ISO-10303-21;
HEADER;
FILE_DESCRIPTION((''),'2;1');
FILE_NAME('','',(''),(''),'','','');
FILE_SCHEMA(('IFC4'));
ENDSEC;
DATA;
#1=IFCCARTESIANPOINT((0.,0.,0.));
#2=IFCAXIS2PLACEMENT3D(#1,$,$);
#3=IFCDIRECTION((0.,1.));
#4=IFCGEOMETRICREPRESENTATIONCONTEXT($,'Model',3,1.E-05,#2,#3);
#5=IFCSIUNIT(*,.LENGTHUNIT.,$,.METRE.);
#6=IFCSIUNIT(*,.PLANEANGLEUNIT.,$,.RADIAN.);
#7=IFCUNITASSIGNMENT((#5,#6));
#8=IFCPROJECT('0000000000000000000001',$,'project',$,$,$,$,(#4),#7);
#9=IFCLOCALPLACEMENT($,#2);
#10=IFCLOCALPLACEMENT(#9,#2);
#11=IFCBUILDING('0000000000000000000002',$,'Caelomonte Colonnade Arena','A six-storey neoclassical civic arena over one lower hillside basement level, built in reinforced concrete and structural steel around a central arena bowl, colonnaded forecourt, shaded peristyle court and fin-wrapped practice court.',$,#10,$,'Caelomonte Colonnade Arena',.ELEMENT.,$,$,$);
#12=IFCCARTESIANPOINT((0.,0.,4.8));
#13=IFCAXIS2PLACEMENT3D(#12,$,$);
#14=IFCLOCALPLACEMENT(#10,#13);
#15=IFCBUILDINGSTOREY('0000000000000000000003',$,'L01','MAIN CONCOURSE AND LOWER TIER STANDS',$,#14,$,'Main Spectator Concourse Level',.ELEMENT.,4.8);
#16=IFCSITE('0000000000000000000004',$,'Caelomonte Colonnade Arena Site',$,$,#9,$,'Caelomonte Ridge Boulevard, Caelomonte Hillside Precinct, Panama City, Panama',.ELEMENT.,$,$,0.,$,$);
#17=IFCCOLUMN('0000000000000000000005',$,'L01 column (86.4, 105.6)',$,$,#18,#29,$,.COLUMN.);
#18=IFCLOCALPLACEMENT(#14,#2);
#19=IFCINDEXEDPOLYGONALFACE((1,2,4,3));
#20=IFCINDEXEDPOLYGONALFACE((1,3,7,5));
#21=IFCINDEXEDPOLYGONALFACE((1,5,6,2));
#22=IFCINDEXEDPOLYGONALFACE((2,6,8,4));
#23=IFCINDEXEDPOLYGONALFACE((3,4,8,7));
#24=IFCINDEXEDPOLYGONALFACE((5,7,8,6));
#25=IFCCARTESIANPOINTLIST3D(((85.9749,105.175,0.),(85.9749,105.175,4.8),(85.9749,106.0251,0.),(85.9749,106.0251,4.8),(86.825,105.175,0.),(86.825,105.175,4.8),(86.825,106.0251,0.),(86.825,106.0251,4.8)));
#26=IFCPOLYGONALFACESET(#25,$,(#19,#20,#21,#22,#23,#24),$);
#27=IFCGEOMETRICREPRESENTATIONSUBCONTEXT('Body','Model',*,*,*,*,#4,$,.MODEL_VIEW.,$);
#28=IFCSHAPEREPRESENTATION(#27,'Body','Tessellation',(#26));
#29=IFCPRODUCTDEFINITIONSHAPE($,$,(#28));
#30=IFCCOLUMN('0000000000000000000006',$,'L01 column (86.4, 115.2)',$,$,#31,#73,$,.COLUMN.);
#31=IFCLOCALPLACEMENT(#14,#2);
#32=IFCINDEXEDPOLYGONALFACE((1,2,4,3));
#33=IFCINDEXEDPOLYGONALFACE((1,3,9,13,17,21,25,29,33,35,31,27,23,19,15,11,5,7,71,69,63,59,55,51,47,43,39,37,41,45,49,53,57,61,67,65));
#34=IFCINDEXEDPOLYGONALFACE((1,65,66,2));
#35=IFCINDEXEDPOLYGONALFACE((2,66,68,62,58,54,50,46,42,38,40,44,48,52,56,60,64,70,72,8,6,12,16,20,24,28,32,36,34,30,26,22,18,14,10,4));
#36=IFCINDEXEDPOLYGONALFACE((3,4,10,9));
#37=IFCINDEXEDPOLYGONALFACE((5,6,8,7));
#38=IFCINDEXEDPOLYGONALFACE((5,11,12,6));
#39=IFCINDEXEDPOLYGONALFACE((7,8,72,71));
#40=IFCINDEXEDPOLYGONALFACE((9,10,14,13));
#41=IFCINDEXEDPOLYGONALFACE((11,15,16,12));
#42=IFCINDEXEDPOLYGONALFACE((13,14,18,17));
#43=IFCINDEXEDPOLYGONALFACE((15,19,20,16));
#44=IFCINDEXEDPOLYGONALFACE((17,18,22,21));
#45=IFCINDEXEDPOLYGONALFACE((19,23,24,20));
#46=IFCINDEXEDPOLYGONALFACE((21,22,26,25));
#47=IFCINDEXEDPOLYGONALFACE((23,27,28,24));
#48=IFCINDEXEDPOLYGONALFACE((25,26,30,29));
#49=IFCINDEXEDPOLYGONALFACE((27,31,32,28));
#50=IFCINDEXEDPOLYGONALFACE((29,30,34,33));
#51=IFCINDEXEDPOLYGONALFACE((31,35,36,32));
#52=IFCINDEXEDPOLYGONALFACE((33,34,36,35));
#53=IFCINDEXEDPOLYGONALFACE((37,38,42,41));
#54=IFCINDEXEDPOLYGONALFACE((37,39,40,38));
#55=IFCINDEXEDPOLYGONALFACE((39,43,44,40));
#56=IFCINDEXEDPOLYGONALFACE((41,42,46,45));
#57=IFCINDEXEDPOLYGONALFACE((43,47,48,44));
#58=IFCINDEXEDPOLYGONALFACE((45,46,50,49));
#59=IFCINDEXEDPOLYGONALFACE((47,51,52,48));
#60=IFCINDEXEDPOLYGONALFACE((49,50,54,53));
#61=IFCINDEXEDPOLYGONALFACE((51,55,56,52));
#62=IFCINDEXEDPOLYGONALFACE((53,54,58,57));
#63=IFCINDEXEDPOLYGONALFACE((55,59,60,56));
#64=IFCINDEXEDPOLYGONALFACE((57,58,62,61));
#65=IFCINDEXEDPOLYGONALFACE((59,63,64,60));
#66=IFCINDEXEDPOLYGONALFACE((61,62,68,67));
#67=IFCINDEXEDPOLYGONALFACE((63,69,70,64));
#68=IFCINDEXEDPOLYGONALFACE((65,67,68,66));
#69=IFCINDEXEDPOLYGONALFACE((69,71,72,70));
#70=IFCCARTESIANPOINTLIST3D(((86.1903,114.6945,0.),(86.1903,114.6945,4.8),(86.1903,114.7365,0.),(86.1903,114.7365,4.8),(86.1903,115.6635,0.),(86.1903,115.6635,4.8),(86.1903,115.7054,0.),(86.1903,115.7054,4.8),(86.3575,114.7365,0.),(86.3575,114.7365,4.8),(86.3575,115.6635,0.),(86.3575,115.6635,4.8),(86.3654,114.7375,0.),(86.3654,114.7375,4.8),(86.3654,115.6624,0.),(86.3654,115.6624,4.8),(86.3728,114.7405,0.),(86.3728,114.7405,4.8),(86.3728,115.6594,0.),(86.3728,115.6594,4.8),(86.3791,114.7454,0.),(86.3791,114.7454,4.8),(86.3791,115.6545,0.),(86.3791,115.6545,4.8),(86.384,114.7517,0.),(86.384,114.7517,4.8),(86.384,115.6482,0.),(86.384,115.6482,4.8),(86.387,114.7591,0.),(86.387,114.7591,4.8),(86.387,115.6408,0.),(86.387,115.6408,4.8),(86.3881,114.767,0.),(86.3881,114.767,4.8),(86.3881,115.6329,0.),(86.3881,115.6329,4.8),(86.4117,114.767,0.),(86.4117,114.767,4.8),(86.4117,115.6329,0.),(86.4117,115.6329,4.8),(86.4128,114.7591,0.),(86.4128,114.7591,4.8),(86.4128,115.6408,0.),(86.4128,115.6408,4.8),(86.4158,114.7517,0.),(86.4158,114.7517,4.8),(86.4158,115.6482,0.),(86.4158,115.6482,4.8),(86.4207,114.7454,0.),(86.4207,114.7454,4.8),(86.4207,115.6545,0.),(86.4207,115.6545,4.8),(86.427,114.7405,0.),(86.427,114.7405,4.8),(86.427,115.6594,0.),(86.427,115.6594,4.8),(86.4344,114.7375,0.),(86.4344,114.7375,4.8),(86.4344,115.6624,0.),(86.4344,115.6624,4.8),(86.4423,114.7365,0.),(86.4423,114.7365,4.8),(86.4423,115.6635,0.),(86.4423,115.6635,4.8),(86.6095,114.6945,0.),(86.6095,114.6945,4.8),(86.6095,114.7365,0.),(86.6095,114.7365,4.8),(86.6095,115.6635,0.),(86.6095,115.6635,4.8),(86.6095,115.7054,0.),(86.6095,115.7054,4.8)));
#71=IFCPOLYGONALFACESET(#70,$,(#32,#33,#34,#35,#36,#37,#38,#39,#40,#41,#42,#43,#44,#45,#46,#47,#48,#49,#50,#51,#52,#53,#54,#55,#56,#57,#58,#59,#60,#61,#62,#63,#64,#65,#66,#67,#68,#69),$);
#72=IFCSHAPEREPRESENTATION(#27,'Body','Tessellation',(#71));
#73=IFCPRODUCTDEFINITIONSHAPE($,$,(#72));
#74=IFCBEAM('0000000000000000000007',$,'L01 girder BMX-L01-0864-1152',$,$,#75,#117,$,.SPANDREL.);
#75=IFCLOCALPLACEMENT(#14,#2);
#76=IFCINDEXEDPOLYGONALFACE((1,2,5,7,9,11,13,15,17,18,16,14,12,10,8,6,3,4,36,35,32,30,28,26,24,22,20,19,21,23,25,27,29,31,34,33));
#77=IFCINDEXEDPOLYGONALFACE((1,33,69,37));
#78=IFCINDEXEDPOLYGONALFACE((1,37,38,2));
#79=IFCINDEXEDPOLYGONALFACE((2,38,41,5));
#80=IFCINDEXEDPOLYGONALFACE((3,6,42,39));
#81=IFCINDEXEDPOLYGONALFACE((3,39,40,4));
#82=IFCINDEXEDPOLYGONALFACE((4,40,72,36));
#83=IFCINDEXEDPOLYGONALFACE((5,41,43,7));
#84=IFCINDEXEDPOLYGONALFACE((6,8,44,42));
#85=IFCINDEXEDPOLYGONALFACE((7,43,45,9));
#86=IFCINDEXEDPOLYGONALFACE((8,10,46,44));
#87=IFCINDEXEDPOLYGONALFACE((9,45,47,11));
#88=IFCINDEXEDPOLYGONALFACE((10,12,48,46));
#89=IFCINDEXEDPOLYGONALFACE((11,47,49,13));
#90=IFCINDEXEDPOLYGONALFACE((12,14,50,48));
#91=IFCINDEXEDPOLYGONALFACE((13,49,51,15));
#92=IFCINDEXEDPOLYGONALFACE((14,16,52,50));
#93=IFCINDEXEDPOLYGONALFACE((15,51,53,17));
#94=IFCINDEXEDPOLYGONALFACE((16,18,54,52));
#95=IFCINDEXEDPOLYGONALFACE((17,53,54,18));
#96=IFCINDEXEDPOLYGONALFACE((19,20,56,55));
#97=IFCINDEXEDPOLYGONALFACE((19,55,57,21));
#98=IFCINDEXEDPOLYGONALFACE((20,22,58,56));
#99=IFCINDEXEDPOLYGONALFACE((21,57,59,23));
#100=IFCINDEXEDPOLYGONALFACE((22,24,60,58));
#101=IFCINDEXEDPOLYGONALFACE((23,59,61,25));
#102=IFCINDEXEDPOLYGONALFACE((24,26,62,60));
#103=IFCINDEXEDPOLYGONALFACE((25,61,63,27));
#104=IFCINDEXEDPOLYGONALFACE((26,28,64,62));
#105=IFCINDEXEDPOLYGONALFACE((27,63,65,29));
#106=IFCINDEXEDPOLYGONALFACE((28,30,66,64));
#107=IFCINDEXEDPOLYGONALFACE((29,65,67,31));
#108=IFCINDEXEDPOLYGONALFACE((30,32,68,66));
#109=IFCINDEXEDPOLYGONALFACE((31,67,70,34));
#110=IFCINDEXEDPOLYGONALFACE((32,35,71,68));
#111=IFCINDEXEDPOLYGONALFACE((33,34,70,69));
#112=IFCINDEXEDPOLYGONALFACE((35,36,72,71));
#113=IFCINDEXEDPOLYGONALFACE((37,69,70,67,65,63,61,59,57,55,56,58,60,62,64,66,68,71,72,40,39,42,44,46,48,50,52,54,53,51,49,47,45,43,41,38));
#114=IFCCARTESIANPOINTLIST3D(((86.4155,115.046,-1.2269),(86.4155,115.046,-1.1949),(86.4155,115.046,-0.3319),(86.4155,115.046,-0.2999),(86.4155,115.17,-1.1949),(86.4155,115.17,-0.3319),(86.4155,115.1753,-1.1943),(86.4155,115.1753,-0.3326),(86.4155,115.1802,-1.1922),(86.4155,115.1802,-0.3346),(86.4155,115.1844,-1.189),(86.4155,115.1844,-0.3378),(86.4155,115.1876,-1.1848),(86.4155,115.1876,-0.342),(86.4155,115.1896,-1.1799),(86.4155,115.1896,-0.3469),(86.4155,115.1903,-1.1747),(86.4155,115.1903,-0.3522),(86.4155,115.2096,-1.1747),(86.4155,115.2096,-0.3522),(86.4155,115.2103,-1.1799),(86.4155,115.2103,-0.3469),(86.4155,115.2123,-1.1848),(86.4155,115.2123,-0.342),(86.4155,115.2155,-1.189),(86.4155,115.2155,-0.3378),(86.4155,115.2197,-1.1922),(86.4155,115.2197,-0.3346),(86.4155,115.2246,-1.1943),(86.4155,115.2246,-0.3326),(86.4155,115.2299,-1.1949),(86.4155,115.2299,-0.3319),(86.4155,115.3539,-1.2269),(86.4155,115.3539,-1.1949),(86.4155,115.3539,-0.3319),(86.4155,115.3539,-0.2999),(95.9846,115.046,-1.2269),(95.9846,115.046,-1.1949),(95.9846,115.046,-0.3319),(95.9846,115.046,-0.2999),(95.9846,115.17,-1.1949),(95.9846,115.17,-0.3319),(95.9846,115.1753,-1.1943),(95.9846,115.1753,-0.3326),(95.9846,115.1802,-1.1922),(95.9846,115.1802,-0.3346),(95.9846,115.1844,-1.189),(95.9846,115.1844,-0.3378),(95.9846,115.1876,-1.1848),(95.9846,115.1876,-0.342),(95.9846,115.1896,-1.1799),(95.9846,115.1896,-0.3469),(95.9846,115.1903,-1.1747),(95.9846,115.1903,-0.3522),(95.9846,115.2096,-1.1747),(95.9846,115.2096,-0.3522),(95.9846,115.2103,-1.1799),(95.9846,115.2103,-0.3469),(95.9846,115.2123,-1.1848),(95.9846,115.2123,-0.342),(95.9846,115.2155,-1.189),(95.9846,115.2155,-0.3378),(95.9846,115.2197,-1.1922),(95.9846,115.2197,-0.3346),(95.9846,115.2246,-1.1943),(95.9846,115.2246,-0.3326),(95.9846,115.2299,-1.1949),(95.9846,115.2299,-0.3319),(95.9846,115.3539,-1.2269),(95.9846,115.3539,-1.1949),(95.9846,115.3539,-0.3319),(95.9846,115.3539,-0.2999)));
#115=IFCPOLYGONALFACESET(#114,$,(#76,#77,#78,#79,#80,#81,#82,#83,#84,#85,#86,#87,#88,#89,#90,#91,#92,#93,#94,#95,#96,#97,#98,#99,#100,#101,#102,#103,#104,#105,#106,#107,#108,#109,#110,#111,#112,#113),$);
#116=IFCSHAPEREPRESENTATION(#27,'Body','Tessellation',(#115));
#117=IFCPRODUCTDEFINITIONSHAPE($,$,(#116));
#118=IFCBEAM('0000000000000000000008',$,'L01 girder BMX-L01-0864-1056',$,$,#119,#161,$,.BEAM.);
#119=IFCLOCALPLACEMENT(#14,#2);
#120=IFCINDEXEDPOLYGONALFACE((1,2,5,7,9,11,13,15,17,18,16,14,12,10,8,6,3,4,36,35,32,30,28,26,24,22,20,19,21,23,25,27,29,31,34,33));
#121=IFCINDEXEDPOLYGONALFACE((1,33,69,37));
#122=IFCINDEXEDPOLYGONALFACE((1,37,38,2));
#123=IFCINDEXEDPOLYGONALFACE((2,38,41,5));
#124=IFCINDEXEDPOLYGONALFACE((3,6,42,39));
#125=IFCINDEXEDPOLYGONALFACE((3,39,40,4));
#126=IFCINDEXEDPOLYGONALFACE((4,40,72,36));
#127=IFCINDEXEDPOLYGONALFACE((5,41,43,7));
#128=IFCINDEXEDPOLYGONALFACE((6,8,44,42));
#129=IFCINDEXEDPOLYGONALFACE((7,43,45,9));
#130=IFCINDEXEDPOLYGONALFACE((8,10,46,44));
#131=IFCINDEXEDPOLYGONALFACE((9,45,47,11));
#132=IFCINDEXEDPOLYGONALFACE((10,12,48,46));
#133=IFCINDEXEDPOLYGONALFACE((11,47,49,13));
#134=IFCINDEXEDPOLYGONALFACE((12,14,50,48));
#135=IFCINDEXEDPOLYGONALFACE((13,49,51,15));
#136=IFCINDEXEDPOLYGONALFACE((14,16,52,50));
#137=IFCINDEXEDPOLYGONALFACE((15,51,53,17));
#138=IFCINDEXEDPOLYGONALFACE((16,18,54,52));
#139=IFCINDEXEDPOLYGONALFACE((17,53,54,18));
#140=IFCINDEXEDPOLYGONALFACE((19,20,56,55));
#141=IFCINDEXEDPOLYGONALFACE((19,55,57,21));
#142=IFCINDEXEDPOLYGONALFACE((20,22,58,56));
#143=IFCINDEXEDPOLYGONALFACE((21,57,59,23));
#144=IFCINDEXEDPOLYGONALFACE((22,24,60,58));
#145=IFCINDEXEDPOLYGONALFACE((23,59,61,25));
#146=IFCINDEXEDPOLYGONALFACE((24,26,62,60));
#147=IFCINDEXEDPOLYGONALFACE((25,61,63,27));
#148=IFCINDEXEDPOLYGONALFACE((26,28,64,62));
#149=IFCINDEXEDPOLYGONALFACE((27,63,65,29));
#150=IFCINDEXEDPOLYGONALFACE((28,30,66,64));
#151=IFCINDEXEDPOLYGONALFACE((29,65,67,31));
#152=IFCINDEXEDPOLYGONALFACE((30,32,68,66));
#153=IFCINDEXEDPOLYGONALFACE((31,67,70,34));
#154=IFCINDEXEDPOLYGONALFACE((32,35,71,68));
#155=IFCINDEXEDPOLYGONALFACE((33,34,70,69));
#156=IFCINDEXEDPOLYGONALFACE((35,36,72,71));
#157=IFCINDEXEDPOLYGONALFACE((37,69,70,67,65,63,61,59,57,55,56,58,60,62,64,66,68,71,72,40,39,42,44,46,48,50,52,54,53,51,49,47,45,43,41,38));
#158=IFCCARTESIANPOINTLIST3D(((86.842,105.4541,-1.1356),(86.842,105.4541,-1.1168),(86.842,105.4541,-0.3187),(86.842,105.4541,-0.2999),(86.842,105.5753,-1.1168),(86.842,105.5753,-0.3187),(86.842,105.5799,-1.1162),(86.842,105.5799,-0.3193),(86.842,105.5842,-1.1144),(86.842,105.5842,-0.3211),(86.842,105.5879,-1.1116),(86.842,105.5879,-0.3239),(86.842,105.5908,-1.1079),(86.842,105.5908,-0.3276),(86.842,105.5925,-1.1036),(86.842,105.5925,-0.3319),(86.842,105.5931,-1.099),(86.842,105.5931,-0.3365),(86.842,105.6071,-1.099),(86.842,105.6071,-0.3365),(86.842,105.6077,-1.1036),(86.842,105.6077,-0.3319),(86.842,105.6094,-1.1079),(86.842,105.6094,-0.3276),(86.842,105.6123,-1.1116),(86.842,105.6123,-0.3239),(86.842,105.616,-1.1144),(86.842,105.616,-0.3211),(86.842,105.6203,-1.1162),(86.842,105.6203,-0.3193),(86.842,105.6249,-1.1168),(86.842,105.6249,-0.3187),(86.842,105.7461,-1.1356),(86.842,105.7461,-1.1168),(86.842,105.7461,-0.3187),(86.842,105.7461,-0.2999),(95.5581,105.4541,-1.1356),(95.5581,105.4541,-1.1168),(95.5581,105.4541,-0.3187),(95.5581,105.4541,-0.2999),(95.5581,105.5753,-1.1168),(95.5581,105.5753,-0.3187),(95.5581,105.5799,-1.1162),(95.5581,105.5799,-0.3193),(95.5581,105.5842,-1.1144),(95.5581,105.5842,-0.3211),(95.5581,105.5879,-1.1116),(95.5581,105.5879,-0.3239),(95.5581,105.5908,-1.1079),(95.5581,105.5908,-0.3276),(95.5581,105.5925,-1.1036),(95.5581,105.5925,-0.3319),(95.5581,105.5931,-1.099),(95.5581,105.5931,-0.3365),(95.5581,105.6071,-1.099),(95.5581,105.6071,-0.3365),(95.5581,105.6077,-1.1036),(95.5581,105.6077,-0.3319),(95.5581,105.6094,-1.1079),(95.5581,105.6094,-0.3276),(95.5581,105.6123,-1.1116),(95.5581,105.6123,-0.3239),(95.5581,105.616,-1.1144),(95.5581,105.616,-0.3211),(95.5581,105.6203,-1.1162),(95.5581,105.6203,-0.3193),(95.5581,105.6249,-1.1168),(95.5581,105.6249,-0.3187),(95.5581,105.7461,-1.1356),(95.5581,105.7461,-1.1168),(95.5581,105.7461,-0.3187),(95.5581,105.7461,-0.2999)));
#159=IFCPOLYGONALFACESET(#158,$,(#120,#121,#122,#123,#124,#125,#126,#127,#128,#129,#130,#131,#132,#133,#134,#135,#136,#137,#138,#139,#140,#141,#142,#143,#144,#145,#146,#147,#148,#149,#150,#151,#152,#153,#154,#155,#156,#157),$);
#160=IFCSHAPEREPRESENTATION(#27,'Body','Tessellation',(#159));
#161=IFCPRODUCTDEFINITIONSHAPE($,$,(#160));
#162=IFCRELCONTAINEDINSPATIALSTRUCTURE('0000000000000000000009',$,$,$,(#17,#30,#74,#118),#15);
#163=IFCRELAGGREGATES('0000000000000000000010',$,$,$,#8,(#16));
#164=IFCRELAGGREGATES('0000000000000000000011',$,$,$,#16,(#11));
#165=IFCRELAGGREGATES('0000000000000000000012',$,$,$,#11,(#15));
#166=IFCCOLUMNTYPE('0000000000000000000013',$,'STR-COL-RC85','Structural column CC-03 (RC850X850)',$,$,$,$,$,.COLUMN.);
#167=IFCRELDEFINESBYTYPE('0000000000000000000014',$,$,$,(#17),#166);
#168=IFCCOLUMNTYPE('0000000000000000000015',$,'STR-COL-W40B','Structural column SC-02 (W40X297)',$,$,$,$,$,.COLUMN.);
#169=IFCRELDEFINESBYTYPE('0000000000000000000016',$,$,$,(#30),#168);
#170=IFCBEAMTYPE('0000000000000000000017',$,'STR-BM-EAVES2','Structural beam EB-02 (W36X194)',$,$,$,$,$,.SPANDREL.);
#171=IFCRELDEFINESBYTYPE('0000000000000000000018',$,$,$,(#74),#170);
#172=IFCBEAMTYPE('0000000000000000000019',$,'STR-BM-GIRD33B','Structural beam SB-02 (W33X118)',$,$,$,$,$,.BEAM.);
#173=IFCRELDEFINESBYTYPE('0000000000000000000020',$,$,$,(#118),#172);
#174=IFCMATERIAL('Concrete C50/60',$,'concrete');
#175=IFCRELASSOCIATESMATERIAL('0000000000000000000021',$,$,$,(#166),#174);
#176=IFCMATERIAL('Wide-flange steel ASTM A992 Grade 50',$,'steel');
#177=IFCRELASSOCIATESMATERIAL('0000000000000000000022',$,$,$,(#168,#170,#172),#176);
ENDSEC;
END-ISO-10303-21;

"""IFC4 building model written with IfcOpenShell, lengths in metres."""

from ifc_helpers import new_model, si_unit, direction, frame, origin, origin_2d, place, context, subcontext, project, spatial, rectangle, i_section, extrude, material, material_profile, profile_set, type_object, element, save


model = new_model("IFC4")

# Units and contexts
model_context = context("Model", 3, precision=1e-05, world=origin(), true_north=direction((0.0, 1.0)))
body_context = subcontext(model_context, "Body", "Model", "MODEL_VIEW")
ifc_project = project(units=[si_unit("LENGTHUNIT", "METRE"), si_unit("PLANEANGLEUNIT", "RADIAN")], contexts=[model_context])

# Site, building, storey
site_placement = place(None, origin())
site = spatial("IfcSite", under=ifc_project, at=site_placement, Name="Caelomonte Colonnade Arena Site", LongName="Caelomonte Ridge Boulevard, Caelomonte Hillside Precinct, Panama City, Panama", CompositionType="ELEMENT", RefElevation=0.0)
building_placement = place(site_placement, origin())
building = spatial("IfcBuilding", under=site, at=building_placement, Name="Caelomonte Colonnade Arena", Description="A six-storey neoclassical civic arena over one lower hillside basement level, built in reinforced concrete and structural steel around a central arena bowl, colonnaded forecourt, shaded peristyle court and fin-wrapped practice court.", LongName="Caelomonte Colonnade Arena", CompositionType="ELEMENT")
storey_placement = place(building_placement, frame((0.0, 0.0, 4.8)))
storey = spatial("IfcBuildingStorey", under=building, at=storey_placement, Name="L01", Description="MAIN CONCOURSE AND LOWER TIER STANDS", LongName="Main Spectator Concourse Level", CompositionType="ELEMENT", Elevation=4.8)

# Columns
ifc_material_1 = material(Name="Concrete C50/60", Category="concrete")
ifc_material_profile_1 = material_profile(ifc_material_1, rectangle(XDim=0.8501, YDim=0.8501, at=origin_2d()), Name="RC850X850")
ifc_profile_set_1 = profile_set([ifc_material_profile_1], Name="Concrete C50/60")
column_type_1 = type_object("IfcColumnType", Name="STR-COL-RC85", Description="Structural column CC-03 (RC850X850)", PredefinedType="COLUMN", material=ifc_profile_set_1)
column_1_placement = place(storey_placement, frame((86.3999, 105.6001, 0.0), z_axis=(0.0, 0.0, 1.0), x_axis=(1.0, 0.0, 0.0)))
element("IfcColumn", 1, at=column_1_placement, inside=storey, type_object=column_type_1, Name="L01 column (86.4, 105.6)", PredefinedType="COLUMN", context=body_context, shape_type="SweptSolid", body=[
    extrude(rectangle(XDim=0.8501, YDim=0.8501, at=origin_2d()), origin(), (0.0, 0.0, 1.0), 4.8),
])
ifc_material_2 = material(Name="Wide-flange steel ASTM A992 Grade 50", Category="steel")
ifc_material_profile_2 = material_profile(ifc_material_2, i_section(OverallWidth=0.4192, OverallDepth=1.011, WebThickness=0.0237, FlangeThickness=0.042, FilletRadius=0.0305, at=origin_2d()), Name="W40X297")
ifc_profile_set_2 = profile_set([ifc_material_profile_2], Name="Wide-flange steel ASTM A992 Grade 50")
column_type_2 = type_object("IfcColumnType", Name="STR-COL-W40B", Description="Structural column SC-02 (W40X297)", PredefinedType="COLUMN", material=ifc_profile_set_2)
column_2_placement = place(storey_placement, frame((86.3999, 115.2, 0.0), z_axis=(0.0, 0.0, 1.0), x_axis=(1.0, 0.0, 0.0)))
element("IfcColumn", 2, at=column_2_placement, inside=storey, type_object=column_type_2, Name="L01 column (86.4, 115.2)", PredefinedType="COLUMN", context=body_context, shape_type="SweptSolid", body=[
    extrude(i_section(OverallWidth=0.4192, OverallDepth=1.011, WebThickness=0.0237, FlangeThickness=0.042, FilletRadius=0.0305, at=origin_2d()), origin(), (0.0, 0.0, 1.0), 4.8),
])

# Beams
ifc_material_profile_3 = material_profile(ifc_material_2, i_section(OverallWidth=0.3079, OverallDepth=0.927, WebThickness=0.0193, FlangeThickness=0.032, FilletRadius=0.0203, at=origin_2d()), Name="W36X194")
ifc_profile_set_3 = profile_set([ifc_material_profile_3], Name="Wide-flange steel ASTM A992 Grade 50")
beam_type_1 = type_object("IfcBeamType", Name="STR-BM-EAVES2", Description="Structural beam EB-02 (W36X194)", PredefinedType="SPANDREL", material=ifc_profile_set_3)
beam_1_placement = place(storey_placement, frame((86.4155, 115.2, -0.7634), z_axis=(1.0, 0.0, 0.0), x_axis=(0.0, 1.0, 0.0)))
element("IfcBeam", 3, at=beam_1_placement, inside=storey, type_object=beam_type_1, Name="L01 girder BMX-L01-0864-1152", PredefinedType="SPANDREL", context=body_context, shape_type="SweptSolid", body=[
    extrude(i_section(OverallWidth=0.3079, OverallDepth=0.927, WebThickness=0.0193, FlangeThickness=0.032, FilletRadius=0.0203, at=origin_2d()), origin(), (0.0, 0.0, 1.0), 9.5691),
])
ifc_material_profile_4 = material_profile(ifc_material_2, i_section(OverallWidth=0.292, OverallDepth=0.8357, WebThickness=0.0139, FlangeThickness=0.0188, FilletRadius=0.0178, at=origin_2d()), Name="W33X118")
ifc_profile_set_4 = profile_set([ifc_material_profile_4], Name="Wide-flange steel ASTM A992 Grade 50")
beam_type_2 = type_object("IfcBeamType", Name="STR-BM-GIRD33B", Description="Structural beam SB-02 (W33X118)", PredefinedType="BEAM", material=ifc_profile_set_4)
beam_2_placement = place(storey_placement, frame((86.842, 105.6001, -0.7178), z_axis=(1.0, 0.0, 0.0), x_axis=(0.0, 1.0, 0.0)))
element("IfcBeam", 4, at=beam_2_placement, inside=storey, type_object=beam_type_2, Name="L01 girder BMX-L01-0864-1056", PredefinedType="BEAM", context=body_context, shape_type="SweptSolid", body=[
    extrude(i_section(OverallWidth=0.292, OverallDepth=0.8357, WebThickness=0.0139, FlangeThickness=0.0188, FilletRadius=0.0178, at=origin_2d()), origin(), (0.0, 0.0, 1.0), 8.7161),
])

save(model, "model.ifc")
